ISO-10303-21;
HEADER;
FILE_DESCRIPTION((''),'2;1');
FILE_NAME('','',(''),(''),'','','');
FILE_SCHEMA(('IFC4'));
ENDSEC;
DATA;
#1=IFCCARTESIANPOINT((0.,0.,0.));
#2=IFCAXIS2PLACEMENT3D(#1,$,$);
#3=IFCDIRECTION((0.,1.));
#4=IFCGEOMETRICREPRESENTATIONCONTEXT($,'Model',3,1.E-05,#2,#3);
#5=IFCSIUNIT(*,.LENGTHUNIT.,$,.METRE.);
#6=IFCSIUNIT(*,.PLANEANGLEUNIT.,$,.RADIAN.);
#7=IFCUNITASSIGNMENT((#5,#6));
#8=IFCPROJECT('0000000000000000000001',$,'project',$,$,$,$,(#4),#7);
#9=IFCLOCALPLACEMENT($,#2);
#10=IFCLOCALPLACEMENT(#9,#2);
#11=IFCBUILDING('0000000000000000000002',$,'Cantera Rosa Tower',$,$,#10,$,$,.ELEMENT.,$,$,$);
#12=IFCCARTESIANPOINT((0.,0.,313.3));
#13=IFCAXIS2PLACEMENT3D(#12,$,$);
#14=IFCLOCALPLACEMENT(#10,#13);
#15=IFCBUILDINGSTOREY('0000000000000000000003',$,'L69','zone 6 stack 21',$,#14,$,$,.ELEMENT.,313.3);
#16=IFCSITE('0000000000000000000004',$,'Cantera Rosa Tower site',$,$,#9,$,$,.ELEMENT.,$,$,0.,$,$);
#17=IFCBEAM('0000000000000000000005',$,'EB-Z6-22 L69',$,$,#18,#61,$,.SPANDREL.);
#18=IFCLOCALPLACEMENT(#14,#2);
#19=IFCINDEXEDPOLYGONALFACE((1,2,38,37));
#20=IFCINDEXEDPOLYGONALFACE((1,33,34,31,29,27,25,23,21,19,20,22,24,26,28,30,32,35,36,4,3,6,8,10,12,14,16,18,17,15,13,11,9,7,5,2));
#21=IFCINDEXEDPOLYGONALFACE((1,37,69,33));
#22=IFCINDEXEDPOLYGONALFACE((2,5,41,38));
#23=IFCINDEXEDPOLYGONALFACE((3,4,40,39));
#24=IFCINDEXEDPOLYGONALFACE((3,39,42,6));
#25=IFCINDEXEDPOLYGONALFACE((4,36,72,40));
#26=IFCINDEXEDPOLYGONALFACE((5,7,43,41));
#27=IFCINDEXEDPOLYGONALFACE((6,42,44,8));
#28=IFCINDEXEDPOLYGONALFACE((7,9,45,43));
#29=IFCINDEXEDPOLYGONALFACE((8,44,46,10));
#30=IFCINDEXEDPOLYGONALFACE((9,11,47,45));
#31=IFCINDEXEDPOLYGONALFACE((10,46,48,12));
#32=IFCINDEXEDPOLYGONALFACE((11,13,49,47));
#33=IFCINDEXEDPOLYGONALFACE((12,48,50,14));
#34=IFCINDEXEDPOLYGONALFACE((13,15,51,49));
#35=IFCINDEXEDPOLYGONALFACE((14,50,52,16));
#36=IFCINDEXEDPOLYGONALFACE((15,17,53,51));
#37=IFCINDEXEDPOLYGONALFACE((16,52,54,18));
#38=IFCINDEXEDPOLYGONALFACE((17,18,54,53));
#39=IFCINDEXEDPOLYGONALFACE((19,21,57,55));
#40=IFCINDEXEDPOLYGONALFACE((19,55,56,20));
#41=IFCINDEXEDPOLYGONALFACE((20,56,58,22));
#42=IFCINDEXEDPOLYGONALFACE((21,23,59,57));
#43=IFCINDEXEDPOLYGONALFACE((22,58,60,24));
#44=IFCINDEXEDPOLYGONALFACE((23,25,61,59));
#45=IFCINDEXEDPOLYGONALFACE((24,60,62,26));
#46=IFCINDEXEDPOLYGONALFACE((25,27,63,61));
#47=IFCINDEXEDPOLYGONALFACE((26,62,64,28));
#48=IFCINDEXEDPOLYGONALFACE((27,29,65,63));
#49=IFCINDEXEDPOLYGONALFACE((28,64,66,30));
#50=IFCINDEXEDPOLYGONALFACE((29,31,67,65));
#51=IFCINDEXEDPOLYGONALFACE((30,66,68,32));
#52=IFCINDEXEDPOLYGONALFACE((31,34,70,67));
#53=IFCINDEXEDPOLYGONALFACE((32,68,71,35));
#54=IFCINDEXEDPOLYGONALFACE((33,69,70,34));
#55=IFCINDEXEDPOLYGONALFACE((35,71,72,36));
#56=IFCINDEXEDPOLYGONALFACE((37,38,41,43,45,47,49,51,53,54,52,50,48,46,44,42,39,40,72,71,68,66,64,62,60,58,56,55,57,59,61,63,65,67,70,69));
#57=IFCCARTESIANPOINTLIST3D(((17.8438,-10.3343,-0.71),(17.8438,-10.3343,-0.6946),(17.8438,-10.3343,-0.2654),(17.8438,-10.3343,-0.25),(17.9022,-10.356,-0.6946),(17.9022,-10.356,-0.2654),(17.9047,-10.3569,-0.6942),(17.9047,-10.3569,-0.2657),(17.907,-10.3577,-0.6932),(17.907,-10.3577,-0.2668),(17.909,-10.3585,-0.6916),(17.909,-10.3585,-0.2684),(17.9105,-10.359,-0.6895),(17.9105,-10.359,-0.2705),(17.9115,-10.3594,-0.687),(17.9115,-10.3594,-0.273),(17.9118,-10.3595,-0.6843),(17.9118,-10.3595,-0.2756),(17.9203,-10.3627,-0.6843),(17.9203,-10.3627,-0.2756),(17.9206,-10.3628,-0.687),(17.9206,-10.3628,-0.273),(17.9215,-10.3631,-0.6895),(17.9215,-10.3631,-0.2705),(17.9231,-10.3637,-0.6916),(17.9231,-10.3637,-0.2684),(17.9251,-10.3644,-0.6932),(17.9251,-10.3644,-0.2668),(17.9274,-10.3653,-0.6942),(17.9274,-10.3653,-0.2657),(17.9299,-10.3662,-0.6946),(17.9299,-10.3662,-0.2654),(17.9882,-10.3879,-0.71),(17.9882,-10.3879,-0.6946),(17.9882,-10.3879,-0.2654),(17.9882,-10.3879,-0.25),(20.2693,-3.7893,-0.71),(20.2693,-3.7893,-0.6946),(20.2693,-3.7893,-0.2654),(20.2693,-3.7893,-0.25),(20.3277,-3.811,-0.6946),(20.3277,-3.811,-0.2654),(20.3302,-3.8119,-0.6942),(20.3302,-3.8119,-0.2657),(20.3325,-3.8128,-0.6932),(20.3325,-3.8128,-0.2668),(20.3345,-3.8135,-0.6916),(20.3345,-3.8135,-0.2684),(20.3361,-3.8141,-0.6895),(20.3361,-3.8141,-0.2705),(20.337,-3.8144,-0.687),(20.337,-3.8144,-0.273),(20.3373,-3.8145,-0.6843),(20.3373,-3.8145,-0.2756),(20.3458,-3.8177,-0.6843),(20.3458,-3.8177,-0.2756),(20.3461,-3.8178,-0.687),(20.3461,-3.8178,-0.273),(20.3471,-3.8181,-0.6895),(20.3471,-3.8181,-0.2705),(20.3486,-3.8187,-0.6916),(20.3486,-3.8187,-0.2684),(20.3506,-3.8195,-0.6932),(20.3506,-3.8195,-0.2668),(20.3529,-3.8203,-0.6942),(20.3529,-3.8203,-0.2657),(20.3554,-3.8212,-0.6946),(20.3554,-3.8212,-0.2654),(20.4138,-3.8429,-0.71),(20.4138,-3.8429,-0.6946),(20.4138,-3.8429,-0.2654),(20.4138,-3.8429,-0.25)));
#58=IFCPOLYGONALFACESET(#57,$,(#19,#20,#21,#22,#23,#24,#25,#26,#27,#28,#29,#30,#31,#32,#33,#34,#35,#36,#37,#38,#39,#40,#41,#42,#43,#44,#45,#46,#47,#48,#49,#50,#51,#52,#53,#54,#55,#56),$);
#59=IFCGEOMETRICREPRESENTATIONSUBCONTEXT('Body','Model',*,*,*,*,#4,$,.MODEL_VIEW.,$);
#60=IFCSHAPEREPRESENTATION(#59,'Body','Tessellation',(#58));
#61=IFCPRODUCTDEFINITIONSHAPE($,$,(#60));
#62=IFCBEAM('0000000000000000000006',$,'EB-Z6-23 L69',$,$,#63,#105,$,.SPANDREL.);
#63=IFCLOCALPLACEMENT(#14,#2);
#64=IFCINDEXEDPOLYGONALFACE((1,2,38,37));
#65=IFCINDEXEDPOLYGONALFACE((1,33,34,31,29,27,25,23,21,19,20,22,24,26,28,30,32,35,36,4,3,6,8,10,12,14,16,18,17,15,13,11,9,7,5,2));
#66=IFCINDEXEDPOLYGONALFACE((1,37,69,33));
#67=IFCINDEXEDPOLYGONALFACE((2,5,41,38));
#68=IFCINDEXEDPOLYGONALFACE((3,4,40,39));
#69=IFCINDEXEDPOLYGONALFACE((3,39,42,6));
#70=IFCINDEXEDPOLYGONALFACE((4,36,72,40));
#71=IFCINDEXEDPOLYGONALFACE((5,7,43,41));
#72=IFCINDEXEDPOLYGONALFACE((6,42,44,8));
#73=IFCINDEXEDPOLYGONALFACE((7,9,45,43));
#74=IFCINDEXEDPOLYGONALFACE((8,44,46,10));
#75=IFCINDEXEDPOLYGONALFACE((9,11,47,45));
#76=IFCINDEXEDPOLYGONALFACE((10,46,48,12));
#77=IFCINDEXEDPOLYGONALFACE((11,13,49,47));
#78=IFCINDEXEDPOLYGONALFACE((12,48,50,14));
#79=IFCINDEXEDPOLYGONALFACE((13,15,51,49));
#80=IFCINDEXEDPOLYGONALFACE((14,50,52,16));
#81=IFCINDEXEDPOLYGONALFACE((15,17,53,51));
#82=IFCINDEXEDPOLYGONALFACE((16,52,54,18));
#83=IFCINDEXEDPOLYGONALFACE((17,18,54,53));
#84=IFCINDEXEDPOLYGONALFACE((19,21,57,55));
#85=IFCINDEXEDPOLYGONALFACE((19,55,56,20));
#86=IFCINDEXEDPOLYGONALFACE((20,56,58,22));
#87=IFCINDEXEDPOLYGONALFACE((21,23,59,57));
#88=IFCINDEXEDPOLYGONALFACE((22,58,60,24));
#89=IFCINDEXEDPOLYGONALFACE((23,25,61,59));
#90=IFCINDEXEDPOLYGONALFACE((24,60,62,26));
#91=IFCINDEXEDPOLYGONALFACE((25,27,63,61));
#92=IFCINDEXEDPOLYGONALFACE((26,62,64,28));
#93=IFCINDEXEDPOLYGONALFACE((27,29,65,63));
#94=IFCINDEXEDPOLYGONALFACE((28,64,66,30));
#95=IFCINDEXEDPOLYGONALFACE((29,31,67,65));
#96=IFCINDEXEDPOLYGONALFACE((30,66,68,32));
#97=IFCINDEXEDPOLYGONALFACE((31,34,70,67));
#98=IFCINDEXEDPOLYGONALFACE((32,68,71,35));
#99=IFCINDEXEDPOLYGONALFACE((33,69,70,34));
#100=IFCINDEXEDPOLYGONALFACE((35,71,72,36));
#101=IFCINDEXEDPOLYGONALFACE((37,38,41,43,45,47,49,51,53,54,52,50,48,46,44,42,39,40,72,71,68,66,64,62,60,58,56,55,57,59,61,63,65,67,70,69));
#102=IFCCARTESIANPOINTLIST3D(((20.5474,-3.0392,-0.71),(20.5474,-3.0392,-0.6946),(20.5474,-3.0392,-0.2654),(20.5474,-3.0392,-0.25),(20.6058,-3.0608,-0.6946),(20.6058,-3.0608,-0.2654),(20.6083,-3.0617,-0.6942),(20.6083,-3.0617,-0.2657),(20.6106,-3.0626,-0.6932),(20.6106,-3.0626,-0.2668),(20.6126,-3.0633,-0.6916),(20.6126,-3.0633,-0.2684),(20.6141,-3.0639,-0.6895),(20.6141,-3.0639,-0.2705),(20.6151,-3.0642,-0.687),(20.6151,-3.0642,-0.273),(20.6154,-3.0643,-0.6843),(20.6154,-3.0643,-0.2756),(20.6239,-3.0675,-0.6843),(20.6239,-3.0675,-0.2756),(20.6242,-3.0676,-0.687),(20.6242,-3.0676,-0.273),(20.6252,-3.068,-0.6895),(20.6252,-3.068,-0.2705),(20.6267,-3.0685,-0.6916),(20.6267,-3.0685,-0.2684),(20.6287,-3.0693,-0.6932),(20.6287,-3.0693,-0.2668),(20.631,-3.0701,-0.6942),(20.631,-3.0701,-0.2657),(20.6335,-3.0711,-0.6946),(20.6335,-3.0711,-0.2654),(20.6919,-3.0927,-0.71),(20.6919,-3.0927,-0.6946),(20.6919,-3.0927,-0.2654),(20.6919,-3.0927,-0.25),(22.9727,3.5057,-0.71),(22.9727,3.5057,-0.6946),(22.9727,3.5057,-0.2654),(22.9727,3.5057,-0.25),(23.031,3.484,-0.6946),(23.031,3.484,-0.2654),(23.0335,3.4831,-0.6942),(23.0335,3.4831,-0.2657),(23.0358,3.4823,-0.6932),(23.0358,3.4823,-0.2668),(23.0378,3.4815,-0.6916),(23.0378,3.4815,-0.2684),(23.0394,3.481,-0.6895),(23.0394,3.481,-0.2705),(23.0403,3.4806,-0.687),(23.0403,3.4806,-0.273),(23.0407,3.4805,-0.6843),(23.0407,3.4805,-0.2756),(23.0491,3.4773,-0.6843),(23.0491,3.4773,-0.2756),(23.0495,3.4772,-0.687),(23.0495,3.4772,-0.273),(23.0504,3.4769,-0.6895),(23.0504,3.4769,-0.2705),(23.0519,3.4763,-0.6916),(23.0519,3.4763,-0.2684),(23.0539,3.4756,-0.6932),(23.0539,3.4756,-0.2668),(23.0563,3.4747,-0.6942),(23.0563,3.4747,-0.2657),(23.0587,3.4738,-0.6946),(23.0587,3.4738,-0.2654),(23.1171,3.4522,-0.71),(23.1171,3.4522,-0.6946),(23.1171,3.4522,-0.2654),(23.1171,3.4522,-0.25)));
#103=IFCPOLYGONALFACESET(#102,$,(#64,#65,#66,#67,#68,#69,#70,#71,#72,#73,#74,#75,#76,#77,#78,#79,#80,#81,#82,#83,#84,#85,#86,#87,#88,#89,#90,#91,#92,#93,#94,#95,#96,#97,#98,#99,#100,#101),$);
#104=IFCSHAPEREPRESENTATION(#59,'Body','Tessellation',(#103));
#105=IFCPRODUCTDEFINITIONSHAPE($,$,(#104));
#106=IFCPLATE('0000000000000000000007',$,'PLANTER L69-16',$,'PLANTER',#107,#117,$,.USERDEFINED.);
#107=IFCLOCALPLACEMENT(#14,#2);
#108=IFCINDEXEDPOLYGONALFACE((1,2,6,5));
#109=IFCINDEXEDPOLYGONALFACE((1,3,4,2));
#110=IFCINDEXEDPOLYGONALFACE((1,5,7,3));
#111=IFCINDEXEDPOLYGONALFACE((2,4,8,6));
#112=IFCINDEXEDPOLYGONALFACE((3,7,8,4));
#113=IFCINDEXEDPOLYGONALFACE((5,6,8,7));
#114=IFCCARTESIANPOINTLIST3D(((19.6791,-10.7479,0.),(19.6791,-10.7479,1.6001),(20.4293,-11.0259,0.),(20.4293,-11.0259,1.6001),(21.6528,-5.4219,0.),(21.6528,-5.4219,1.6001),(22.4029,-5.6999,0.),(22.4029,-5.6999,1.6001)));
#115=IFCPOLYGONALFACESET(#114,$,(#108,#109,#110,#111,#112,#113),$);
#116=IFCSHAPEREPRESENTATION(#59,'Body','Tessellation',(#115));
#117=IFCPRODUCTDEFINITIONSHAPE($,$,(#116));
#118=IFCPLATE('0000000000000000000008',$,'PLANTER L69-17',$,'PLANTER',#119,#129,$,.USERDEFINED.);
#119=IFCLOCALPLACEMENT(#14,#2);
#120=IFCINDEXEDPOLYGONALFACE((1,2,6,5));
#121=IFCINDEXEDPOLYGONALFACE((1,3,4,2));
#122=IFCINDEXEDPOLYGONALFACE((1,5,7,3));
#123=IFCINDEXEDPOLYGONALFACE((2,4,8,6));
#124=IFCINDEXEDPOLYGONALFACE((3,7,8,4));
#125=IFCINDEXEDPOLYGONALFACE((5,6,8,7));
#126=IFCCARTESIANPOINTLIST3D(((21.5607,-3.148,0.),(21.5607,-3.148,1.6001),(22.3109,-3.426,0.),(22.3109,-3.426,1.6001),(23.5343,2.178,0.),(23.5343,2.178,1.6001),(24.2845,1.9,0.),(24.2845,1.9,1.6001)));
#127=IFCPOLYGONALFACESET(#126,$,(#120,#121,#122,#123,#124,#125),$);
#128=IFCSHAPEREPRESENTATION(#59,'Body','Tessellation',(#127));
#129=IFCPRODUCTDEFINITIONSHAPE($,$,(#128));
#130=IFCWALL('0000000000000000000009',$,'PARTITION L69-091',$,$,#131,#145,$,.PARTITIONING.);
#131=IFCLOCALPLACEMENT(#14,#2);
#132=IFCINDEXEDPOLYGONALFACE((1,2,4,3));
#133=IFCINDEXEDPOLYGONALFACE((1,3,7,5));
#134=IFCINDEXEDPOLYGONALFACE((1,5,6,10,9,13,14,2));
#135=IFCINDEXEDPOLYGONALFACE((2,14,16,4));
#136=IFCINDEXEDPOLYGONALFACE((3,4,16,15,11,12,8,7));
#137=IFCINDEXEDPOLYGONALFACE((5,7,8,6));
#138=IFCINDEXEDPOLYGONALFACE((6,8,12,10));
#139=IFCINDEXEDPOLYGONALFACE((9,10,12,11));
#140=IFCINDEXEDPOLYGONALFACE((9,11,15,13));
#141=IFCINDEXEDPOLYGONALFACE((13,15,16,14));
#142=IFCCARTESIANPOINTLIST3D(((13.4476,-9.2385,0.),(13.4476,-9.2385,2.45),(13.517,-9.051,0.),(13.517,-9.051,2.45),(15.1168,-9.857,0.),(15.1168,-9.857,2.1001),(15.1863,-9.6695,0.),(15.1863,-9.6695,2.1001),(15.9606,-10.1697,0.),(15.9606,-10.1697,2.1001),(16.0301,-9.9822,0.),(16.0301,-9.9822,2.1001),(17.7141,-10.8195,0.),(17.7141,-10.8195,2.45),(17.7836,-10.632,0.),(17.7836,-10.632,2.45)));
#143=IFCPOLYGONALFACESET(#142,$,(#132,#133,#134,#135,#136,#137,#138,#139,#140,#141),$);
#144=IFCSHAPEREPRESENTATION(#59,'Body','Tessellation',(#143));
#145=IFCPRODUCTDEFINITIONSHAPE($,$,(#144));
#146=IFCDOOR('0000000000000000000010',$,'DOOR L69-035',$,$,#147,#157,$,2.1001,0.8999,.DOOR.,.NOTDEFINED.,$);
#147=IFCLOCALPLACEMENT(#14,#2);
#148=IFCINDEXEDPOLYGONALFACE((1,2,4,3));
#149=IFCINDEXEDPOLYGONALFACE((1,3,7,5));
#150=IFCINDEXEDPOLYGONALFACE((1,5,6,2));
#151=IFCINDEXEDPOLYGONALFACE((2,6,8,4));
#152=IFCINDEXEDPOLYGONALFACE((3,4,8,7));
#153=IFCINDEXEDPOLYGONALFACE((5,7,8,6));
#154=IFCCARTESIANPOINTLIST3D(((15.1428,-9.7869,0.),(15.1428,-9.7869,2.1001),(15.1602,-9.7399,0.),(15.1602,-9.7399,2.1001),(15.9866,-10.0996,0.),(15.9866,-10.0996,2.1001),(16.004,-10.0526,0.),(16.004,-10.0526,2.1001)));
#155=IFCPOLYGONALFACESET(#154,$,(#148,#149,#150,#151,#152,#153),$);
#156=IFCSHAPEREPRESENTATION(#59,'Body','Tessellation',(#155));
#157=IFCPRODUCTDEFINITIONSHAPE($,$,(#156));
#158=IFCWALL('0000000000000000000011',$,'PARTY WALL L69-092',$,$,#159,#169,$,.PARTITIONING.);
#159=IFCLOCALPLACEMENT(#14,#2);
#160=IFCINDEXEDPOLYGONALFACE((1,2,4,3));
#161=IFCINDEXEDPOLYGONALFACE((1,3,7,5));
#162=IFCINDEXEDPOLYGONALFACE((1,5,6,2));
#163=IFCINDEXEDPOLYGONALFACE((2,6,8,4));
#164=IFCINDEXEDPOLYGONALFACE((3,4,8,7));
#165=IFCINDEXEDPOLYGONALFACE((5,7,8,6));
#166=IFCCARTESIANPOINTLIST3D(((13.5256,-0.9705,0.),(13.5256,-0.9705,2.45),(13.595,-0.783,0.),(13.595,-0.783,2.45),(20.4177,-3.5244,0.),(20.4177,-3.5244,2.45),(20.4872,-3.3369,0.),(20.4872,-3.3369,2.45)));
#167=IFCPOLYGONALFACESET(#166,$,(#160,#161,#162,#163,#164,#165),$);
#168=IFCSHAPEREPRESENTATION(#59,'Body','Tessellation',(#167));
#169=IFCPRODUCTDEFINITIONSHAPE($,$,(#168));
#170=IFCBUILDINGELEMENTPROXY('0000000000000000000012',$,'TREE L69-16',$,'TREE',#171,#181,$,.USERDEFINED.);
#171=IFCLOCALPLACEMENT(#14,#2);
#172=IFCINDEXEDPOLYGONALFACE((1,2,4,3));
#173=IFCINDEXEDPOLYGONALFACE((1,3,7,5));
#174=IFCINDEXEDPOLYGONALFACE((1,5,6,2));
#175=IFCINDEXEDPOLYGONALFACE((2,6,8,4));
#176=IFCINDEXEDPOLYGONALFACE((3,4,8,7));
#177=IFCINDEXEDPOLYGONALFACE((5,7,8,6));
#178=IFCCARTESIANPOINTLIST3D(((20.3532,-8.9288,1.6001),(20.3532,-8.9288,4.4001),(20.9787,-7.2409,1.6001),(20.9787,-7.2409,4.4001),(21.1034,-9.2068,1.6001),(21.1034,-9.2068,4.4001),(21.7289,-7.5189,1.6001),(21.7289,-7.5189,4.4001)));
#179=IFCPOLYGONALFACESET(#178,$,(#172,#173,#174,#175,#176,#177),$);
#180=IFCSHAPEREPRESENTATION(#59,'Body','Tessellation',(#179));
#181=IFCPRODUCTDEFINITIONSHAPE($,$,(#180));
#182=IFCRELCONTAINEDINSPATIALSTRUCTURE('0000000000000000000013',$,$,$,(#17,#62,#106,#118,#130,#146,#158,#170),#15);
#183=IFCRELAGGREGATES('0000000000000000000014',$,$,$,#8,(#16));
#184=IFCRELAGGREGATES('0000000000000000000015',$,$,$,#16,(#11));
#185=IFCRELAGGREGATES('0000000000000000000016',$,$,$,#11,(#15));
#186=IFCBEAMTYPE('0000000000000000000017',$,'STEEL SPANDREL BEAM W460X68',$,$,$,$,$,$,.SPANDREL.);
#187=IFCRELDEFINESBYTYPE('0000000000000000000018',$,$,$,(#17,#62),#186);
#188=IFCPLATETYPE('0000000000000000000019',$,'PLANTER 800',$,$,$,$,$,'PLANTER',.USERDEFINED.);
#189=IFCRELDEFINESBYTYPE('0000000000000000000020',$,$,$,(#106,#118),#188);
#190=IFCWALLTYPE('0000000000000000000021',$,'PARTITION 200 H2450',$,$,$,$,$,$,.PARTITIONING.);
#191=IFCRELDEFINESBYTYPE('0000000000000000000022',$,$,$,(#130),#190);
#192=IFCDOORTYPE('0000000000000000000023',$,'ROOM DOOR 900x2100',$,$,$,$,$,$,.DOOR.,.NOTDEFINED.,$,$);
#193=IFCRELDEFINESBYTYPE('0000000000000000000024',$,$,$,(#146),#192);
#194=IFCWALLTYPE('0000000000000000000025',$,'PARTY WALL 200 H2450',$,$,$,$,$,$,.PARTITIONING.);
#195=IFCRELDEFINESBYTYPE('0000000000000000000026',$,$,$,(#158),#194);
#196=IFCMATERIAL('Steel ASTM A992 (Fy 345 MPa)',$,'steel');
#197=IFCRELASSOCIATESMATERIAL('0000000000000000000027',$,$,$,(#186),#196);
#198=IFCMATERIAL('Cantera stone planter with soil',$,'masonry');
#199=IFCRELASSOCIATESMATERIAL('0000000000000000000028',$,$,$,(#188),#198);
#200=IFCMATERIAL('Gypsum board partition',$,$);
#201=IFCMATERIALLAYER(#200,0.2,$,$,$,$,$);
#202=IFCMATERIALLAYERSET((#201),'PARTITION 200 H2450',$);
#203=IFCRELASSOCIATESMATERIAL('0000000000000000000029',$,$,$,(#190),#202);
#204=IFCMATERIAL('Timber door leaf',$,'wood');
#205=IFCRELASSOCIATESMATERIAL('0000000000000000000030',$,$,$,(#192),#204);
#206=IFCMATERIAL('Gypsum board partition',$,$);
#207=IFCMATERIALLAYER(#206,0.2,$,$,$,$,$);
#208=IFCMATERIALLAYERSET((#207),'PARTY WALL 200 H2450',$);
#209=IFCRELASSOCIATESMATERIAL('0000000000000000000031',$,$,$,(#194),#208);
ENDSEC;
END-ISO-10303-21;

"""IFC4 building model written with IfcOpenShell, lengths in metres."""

from ifc_helpers import new_model, si_unit, direction, frame, frame_2d, origin, origin_2d, place, context, subcontext, project, spatial, rectangle, i_section, extrude, material, layer, layer_set, material_profile, profile_set, type_object, element, fill, save


model = new_model("IFC4")

# Units and contexts
model_context = context("Model", 3, precision=1e-05, world=origin(), true_north=direction((0.0, 1.0)))
body_context = subcontext(model_context, "Body", "Model", "MODEL_VIEW")
ifc_project = project(units=[si_unit("LENGTHUNIT", "METRE"), si_unit("PLANEANGLEUNIT", "RADIAN")], contexts=[model_context])

# Site, building, storey
site_placement = place(None, origin())
site = spatial("IfcSite", under=ifc_project, at=site_placement, Name="Cantera Rosa Tower site", CompositionType="ELEMENT", RefElevation=0.0)
building_placement = place(site_placement, origin())
building = spatial("IfcBuilding", under=site, at=building_placement, Name="Cantera Rosa Tower", CompositionType="ELEMENT")
storey_placement = place(building_placement, frame((0.0, 0.0, 313.3)))
storey = spatial("IfcBuildingStorey", under=building, at=storey_placement, Name="L69", Description="zone 6 stack 21", CompositionType="ELEMENT", Elevation=313.3)

# Beams
ifc_material_1 = material(Name="Steel ASTM A992 (Fy 345 MPa)", Category="steel")
ifc_material_profile_1 = material_profile(ifc_material_1, i_section(OverallWidth=0.1541, OverallDepth=0.46, WebThickness=0.009, FlangeThickness=0.0154, FilletRadius=0.0103, at=origin_2d()), Name="W460X68")
ifc_profile_set_1 = profile_set([ifc_material_profile_1], Name="Steel ASTM A992 (Fy 345 MPa)")
beam_type_1 = type_object("IfcBeamType", Name="STEEL SPANDREL BEAM W460X68", PredefinedType="SPANDREL", material=ifc_profile_set_1)
beam_1_placement = place(storey_placement, frame((17.916, -10.3611, -0.48), z_axis=(0.347502, 0.937679, 0.0), x_axis=(-0.937679, 0.347502, 0.0)))
element("IfcBeam", 1, at=beam_1_placement, inside=storey, type_object=beam_type_1, Name="EB-Z6-22 L69", PredefinedType="SPANDREL", context=body_context, shape_type="SweptSolid", body=[
    extrude(i_section(OverallWidth=0.1541, OverallDepth=0.46, WebThickness=0.009, FlangeThickness=0.0154, FilletRadius=0.0103, at=origin_2d()), origin(), (0.0, 0.0, 1.0), 6.98),
])
beam_2_placement = place(storey_placement, frame((20.6196, -3.0659, -0.48), z_axis=(0.347472, 0.937691, 0.0), x_axis=(-0.937691, 0.347472, 0.0)))
element("IfcBeam", 2, at=beam_2_placement, inside=storey, type_object=beam_type_1, Name="EB-Z6-23 L69", PredefinedType="SPANDREL", context=body_context, shape_type="SweptSolid", body=[
    extrude(i_section(OverallWidth=0.1541, OverallDepth=0.46, WebThickness=0.009, FlangeThickness=0.0154, FilletRadius=0.0103, at=origin_2d()), origin(), (0.0, 0.0, 1.0), 6.9797),
])

# Plates
ifc_material_2 = material(Name="Cantera stone planter with soil", Category="masonry")
plate_type = type_object("IfcPlateType", Name="PLANTER 800", ElementType="PLANTER", PredefinedType="USERDEFINED", material=ifc_material_2)
for number, where, z_axis, x_axis, name in (
    (3, (21.041, -8.2239, 0.0), (0.0, 0.0, 1.0), (0.347481, 0.937687, 0.0), "PLANTER L69-16"),
    (4, (22.9226, -0.624, 0.0), (0.0, 0.0, 1.0), (0.347481, 0.937687, 0.0), "PLANTER L69-17"),
):
    element("IfcPlate", number, at=place(storey_placement, frame(where, z_axis=z_axis, x_axis=x_axis)), inside=storey, type_object=plate_type, Name=name, ObjectType="PLANTER", PredefinedType="USERDEFINED", context=body_context, shape_type="SweptSolid", body=[
        extrude(rectangle(XDim=5.6799, YDim=0.8, at=origin_2d()), origin(), (0.0, 0.0, 1.0), 1.6001),
    ])

# Wall, opening, door
ifc_material_3 = material(Name="Gypsum board partition")
ifc_layer_1 = layer(ifc_material_3, 0.2)
ifc_layer_set_1 = layer_set([ifc_layer_1], Name="PARTITION 200 H2450")
wall_type_1 = type_object("IfcWallType", Name="PARTITION 200 H2450", PredefinedType="PARTITIONING", material=ifc_layer_set_1)
wall_1_placement = place(storey_placement, frame((13.4824, -9.1448, 0.0), z_axis=(0.0, 0.0, 1.0), x_axis=(0.937689, -0.347475, 0.0)))
wall_1 = element("IfcWall", 5, at=wall_1_placement, inside=storey, type_object=wall_type_1, Name="PARTITION L69-091", PredefinedType="PARTITIONING", context=body_context, shape_type="SweptSolid", body=[
    extrude(rectangle(XDim=4.55, YDim=0.2, at=frame_2d((2.2749, 0.0))), origin(), (0.0, 0.0, 1.0), 2.45),
])
opening_1_placement = place(wall_1_placement, frame((1.78, 0.0, 0.0)))
opening_1 = element("IfcOpeningElement", 6, at=opening_1_placement, cuts=wall_1, PredefinedType="OPENING", context=body_context, shape_type="SweptSolid", body=[
    extrude(rectangle(XDim=0.8999, YDim=2.1001, at=frame_2d((0.45, 1.05))), frame((0.0, 0.1099, 0.0), z_axis=(0.0, -1.0, 0.0), x_axis=(1.0, 0.0, 0.0)), (0.0, 0.0, 1.0), 0.22),
])
ifc_material_4 = material(Name="Timber door leaf", Category="wood")
door_type_1 = type_object("IfcDoorType", Name="ROOM DOOR 900x2100", OperationType="NOTDEFINED", PredefinedType="DOOR", material=ifc_material_4)
door_1_placement = place(opening_1_placement, origin())
door_1 = element("IfcDoor", 7, at=door_1_placement, inside=storey, type_object=door_type_1, Name="DOOR L69-035", OperationType="NOTDEFINED", OverallHeight=2.1001, OverallWidth=0.8999, PredefinedType="DOOR", context=body_context, shape_type="SweptSolid", body=[
    extrude(rectangle(XDim=0.8999, YDim=2.1001, at=frame_2d((0.45, 1.05))), frame((0.0, 0.0249, 0.0), z_axis=(0.0, -1.0, 0.0), x_axis=(1.0, 0.0, 0.0)), (0.0, 0.0, 1.0), 0.05),
])
fill(opening_1, door_1)

# Wall
ifc_material_5 = material(Name="Gypsum board partition")
ifc_layer_2 = layer(ifc_material_5, 0.2)
ifc_layer_set_2 = layer_set([ifc_layer_2], Name="PARTY WALL 200 H2450")
wall_type_2 = type_object("IfcWallType", Name="PARTY WALL 200 H2450", PredefinedType="PARTITIONING", material=ifc_layer_set_2)
wall_2_placement = place(storey_placement, frame((13.5603, -0.8767, 0.0), z_axis=(0.0, 0.0, 1.0), x_axis=(0.93769, -0.347473, 0.0)))
element("IfcWall", 8, at=wall_2_placement, inside=storey, type_object=wall_type_2, Name="PARTY WALL L69-092", PredefinedType="PARTITIONING", context=body_context, shape_type="SweptSolid", body=[
    extrude(rectangle(XDim=7.3501, YDim=0.2, at=frame_2d((3.675, 0.0))), origin(), (0.0, 0.0, 1.0), 2.45),
])

# Building element proxy
proxy_placement = place(storey_placement, frame((21.041, -8.2239, 1.6001), z_axis=(0.0, 0.0, 1.0), x_axis=(0.347481, 0.937687, 0.0)))
element("IfcBuildingElementProxy", 9, at=proxy_placement, inside=storey, Name="TREE L69-16", ObjectType="TREE", PredefinedType="USERDEFINED", context=body_context, shape_type="SweptSolid", body=[
    extrude(rectangle(XDim=1.8, YDim=0.8, at=origin_2d()), origin(), (0.0, 0.0, 1.0), 2.8),
])

save(model, "model.ifc")
